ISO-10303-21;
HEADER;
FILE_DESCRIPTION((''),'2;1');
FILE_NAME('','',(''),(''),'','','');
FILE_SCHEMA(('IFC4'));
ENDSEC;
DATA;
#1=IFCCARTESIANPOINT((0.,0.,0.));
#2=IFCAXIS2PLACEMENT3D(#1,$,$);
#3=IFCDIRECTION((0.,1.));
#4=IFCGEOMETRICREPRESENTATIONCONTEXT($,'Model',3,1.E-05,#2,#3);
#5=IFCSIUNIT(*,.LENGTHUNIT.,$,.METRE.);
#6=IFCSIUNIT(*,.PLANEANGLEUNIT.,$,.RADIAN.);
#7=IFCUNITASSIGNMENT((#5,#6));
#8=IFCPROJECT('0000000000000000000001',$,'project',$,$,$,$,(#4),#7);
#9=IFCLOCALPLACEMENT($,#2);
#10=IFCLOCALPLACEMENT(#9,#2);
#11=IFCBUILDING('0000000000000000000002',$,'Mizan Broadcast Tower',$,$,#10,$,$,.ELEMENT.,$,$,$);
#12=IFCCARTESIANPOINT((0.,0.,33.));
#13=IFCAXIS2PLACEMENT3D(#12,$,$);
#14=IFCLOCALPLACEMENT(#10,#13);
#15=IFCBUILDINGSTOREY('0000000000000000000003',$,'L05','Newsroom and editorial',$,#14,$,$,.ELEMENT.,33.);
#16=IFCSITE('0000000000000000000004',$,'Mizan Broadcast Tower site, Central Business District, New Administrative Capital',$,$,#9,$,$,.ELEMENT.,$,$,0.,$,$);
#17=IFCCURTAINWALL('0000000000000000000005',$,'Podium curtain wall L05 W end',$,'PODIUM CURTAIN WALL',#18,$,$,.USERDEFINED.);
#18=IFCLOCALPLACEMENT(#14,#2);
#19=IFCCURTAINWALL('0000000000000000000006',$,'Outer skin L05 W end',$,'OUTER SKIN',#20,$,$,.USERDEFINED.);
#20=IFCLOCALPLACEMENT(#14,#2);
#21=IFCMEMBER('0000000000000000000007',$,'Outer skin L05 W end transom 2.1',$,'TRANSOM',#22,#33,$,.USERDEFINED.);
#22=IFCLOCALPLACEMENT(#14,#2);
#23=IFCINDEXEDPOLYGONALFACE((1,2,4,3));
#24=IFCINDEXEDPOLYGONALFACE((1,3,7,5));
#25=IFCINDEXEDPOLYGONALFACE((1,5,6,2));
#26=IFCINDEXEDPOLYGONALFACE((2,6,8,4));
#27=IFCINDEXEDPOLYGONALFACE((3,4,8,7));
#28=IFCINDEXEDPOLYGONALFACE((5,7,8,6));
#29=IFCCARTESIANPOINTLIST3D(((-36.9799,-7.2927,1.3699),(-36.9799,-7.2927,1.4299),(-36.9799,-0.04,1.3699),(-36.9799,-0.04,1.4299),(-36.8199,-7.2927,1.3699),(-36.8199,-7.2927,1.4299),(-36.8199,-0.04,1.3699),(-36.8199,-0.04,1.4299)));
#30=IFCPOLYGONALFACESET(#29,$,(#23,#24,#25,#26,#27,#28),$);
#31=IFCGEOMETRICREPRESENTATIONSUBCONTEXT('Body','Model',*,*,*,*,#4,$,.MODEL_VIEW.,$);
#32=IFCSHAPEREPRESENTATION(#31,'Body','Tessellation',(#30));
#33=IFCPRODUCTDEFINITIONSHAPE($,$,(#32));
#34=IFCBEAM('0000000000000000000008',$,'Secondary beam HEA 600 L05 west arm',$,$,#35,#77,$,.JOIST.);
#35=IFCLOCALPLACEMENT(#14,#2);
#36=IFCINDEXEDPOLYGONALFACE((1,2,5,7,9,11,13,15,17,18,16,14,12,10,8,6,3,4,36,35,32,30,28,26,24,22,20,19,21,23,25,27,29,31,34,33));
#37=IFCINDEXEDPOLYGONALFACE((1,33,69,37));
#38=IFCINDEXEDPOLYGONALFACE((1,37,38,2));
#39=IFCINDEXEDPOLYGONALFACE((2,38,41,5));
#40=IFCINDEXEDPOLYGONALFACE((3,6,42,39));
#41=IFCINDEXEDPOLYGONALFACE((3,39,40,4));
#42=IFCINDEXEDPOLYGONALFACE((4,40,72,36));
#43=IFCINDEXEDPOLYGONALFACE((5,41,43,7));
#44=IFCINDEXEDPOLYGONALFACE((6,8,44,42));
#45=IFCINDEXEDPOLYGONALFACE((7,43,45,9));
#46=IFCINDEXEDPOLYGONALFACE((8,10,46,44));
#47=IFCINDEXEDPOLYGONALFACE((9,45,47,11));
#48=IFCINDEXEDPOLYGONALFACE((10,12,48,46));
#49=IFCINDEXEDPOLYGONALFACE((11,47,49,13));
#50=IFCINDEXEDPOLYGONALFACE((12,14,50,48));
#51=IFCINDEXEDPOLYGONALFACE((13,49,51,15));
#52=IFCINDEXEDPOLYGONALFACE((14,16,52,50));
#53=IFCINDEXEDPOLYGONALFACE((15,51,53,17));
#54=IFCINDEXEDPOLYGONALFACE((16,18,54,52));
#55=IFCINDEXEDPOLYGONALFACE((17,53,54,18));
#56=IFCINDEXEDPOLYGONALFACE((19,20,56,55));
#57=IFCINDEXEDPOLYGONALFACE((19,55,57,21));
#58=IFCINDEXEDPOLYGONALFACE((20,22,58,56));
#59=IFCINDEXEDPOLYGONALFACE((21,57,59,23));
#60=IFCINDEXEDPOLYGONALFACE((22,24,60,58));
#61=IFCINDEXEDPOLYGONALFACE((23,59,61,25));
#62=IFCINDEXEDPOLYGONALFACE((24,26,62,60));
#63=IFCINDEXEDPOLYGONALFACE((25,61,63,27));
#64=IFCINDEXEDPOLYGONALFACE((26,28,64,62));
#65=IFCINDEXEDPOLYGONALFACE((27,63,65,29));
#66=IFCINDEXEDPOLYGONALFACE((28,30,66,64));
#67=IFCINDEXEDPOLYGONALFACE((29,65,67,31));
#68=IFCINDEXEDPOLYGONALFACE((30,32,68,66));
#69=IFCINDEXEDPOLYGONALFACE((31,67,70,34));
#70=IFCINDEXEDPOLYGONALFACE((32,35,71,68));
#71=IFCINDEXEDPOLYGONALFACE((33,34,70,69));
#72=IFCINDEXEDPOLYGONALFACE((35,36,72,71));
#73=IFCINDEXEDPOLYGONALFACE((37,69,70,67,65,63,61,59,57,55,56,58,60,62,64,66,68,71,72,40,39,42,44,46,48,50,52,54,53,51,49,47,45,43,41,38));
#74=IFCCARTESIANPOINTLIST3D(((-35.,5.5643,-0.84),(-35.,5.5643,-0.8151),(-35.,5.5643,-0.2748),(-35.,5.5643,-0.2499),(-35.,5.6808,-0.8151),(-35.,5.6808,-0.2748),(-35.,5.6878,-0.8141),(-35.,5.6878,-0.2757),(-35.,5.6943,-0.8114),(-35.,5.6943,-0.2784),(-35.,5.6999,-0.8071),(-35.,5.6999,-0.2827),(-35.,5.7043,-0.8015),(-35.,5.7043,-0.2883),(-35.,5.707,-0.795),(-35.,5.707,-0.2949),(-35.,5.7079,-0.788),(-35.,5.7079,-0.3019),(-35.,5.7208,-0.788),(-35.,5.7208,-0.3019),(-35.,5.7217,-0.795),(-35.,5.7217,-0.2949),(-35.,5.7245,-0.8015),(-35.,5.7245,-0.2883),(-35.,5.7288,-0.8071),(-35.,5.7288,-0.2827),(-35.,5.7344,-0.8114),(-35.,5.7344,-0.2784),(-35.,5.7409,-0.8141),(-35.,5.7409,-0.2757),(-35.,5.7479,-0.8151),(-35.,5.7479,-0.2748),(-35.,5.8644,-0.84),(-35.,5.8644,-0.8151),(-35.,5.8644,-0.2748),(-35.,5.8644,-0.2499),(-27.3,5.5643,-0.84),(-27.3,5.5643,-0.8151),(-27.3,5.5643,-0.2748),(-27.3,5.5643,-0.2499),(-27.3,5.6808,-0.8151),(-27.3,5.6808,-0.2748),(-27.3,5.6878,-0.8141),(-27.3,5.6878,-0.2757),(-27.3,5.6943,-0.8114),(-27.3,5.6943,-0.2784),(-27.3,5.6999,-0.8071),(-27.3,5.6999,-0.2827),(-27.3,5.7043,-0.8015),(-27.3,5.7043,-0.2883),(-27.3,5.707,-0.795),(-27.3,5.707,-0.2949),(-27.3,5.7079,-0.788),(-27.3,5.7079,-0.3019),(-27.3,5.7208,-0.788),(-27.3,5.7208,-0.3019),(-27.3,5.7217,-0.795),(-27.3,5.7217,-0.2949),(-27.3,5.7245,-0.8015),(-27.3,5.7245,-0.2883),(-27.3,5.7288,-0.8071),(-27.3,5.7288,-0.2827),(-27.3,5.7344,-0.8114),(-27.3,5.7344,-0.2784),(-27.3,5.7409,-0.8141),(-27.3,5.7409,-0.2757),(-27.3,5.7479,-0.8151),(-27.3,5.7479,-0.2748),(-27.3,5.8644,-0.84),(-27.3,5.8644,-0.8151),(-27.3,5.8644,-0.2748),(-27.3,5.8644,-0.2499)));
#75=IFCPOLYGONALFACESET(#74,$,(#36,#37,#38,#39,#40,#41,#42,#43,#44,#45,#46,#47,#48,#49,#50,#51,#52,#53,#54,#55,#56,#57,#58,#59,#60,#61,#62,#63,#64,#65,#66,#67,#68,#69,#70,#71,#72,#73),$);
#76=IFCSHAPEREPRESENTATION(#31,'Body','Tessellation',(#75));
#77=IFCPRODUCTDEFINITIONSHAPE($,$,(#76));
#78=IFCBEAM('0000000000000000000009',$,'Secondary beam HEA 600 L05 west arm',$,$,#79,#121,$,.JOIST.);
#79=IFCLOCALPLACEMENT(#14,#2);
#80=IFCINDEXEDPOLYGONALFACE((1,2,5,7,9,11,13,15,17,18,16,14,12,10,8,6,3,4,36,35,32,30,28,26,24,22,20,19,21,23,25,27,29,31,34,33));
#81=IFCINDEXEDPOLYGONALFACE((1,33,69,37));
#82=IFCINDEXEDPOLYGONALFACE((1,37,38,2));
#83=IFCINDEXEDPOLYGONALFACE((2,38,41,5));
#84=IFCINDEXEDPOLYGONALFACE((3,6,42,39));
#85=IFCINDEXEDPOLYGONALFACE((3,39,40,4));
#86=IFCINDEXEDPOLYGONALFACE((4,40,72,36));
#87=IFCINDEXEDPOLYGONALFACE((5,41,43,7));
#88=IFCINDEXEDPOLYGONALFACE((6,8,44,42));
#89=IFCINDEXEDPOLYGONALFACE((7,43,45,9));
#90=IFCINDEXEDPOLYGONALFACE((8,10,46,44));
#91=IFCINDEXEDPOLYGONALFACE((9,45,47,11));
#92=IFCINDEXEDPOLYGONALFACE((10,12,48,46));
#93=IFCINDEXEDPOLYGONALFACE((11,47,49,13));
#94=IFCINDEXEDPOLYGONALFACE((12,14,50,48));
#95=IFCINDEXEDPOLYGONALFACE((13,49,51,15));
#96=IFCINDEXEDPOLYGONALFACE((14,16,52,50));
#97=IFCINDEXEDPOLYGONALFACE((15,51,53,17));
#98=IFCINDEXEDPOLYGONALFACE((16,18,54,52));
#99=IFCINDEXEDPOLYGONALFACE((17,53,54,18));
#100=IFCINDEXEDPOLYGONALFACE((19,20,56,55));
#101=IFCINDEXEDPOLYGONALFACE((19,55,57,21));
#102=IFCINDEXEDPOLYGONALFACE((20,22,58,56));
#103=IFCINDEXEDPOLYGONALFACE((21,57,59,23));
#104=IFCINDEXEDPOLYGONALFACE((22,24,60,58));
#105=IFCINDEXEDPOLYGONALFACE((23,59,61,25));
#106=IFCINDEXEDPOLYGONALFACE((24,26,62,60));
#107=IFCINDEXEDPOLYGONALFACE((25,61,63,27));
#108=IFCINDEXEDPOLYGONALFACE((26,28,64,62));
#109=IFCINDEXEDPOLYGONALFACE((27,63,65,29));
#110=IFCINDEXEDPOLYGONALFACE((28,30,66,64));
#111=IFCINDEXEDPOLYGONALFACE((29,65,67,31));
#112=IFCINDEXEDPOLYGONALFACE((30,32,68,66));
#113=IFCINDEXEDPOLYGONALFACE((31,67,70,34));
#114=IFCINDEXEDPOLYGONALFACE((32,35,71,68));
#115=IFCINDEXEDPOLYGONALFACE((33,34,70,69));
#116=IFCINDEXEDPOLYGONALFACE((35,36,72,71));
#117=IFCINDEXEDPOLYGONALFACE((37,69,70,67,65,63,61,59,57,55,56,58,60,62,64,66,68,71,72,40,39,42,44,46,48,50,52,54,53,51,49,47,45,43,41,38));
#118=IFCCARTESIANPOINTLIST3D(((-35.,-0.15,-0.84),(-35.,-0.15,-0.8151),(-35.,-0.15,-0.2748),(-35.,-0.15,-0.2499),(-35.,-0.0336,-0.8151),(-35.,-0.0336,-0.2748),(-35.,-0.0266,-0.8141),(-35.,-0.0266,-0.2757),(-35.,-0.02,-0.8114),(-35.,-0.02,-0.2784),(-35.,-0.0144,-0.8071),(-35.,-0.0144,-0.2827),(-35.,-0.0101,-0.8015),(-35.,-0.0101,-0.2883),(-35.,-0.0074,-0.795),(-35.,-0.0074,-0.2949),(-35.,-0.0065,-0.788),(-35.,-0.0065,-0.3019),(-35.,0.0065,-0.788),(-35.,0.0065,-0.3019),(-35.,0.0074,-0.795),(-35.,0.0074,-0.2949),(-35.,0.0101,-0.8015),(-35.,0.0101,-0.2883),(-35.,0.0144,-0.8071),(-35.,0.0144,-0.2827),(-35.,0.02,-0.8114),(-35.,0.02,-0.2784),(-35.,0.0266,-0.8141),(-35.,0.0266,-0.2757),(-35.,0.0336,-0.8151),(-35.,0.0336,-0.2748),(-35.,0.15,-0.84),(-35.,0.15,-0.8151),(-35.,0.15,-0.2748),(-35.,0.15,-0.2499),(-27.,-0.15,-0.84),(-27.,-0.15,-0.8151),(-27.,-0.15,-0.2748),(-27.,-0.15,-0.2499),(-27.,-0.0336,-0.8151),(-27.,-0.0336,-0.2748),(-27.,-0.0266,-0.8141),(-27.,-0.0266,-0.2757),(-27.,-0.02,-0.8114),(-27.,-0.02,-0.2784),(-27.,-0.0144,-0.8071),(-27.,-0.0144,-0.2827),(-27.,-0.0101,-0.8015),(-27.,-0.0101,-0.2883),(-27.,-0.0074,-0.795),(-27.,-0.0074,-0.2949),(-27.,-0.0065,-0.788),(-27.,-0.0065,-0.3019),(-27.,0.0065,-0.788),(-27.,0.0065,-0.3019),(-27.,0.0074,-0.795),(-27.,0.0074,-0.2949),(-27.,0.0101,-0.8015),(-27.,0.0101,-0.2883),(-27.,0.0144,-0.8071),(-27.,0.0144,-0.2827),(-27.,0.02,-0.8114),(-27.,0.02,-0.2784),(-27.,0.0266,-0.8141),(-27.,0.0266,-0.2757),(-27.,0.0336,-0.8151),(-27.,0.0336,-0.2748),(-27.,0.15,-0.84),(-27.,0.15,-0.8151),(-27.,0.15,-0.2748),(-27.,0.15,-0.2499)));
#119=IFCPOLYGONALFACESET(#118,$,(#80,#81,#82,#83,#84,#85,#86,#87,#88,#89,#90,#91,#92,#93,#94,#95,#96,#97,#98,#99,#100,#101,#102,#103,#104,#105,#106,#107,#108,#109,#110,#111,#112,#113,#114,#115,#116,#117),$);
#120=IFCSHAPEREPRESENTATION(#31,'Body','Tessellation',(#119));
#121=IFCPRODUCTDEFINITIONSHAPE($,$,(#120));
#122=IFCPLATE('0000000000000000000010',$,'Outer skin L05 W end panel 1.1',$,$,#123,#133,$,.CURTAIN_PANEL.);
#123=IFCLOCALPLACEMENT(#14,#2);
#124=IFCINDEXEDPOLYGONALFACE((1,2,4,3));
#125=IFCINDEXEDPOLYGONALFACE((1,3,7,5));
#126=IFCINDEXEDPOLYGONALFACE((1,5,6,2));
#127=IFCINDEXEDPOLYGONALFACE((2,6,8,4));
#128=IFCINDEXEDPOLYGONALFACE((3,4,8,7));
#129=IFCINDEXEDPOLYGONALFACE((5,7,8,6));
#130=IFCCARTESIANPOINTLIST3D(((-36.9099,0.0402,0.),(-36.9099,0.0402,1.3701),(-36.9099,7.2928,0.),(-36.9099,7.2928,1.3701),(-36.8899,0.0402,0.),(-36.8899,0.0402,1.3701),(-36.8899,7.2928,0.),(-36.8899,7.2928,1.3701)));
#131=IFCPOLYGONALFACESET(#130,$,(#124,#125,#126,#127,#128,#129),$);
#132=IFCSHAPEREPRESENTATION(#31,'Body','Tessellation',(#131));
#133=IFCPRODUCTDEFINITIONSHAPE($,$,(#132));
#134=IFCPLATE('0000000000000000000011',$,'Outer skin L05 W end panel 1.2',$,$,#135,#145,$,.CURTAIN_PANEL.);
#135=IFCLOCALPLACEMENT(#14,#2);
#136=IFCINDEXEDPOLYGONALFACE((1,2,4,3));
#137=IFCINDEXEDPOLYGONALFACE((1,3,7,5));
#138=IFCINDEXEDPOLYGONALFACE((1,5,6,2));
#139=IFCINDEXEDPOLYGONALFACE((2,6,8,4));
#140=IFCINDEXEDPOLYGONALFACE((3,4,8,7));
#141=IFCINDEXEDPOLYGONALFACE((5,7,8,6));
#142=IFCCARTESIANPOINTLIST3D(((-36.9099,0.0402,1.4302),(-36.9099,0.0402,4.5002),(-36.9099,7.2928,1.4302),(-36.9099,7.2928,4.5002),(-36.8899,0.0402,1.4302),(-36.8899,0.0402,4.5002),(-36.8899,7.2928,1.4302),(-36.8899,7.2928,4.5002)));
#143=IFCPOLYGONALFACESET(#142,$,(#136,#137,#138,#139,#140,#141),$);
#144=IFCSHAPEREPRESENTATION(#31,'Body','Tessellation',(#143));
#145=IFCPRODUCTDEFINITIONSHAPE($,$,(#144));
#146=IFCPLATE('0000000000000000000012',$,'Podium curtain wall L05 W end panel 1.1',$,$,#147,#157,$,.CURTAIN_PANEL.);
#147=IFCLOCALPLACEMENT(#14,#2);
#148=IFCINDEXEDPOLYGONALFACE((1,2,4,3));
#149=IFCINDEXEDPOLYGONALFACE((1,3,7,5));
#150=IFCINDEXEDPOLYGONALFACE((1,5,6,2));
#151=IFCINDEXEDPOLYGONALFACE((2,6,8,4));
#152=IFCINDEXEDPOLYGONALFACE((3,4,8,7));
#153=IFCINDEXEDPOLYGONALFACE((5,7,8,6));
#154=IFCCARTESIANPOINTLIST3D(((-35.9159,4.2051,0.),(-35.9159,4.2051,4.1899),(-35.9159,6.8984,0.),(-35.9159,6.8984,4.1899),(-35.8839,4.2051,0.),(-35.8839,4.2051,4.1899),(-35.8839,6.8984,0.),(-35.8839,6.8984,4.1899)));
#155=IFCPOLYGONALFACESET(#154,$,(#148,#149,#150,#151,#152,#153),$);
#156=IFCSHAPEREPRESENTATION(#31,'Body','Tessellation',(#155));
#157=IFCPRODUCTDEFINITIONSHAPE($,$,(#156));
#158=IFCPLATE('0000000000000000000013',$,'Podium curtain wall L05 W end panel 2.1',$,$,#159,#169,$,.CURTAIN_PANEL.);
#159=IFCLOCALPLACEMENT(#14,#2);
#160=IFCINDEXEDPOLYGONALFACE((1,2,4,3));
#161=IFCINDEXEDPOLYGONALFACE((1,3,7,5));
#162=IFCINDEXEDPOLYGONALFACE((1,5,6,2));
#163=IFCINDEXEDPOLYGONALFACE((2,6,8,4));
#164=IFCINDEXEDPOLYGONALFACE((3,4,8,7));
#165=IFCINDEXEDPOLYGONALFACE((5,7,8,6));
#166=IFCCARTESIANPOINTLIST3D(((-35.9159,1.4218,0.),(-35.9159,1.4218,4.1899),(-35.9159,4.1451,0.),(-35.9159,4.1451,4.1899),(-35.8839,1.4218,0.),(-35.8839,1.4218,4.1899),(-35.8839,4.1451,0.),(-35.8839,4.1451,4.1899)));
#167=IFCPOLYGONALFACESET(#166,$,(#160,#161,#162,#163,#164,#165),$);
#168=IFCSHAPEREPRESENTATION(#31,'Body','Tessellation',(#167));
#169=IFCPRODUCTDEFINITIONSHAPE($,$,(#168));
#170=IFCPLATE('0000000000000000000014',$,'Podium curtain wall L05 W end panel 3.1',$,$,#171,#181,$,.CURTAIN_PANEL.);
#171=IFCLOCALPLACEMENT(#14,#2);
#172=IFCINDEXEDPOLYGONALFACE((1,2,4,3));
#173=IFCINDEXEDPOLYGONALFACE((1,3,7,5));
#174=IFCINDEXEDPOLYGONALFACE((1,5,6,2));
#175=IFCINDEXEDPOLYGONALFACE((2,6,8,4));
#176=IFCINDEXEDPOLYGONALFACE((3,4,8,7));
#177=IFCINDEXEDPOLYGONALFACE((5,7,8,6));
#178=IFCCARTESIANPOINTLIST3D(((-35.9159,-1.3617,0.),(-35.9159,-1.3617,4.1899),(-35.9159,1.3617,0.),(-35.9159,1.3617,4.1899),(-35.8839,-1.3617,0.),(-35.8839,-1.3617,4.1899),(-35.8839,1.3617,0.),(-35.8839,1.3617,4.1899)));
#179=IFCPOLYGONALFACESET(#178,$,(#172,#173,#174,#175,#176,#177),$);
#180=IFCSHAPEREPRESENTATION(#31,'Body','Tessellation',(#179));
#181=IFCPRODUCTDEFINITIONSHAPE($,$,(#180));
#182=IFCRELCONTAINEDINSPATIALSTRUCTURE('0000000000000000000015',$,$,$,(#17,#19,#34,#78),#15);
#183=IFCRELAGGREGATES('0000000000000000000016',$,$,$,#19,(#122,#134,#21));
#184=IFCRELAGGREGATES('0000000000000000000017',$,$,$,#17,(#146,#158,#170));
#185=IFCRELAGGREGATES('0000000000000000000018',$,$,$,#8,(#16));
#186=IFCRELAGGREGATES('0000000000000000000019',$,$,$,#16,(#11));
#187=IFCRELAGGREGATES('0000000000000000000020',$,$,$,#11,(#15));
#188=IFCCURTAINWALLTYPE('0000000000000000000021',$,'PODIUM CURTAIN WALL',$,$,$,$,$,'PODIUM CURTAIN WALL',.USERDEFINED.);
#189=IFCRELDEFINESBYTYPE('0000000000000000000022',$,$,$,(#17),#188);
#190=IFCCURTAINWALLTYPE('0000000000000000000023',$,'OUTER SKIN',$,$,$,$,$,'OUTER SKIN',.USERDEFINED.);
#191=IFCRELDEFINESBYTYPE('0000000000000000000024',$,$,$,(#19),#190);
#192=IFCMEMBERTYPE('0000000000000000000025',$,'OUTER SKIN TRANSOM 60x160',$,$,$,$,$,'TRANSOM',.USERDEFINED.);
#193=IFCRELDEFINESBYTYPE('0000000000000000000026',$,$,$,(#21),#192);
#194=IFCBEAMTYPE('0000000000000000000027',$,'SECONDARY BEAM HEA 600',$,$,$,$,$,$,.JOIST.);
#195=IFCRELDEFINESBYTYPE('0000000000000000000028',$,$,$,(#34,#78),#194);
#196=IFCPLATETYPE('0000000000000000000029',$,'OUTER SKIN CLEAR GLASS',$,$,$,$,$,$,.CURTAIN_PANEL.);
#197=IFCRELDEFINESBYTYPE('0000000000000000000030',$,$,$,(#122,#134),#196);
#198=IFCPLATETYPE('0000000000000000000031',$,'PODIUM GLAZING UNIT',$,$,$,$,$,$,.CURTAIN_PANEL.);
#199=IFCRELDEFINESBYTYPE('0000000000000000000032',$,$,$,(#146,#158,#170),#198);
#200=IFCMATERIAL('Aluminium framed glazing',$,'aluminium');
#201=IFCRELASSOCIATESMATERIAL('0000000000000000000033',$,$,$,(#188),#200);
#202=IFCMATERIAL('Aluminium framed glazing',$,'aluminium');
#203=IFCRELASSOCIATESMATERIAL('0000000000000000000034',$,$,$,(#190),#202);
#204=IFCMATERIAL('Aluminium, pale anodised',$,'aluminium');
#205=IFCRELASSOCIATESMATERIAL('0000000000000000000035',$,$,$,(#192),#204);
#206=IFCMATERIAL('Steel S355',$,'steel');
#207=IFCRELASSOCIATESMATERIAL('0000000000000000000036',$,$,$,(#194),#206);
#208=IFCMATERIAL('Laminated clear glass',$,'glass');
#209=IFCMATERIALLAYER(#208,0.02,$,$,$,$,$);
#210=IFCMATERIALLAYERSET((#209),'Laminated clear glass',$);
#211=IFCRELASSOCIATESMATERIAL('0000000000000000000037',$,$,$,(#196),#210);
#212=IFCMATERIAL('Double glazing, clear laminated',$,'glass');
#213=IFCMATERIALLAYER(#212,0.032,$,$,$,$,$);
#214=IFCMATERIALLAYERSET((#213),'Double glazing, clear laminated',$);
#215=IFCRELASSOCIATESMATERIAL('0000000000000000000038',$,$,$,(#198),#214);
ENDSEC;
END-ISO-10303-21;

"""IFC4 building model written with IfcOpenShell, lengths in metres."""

from ifc_helpers import new_model, si_unit, direction, frame, origin, origin_2d, place, context, subcontext, project, spatial, rectangle, i_section, extrude, material, layer, layer_set, material_profile, profile_set, type_object, element, aggregate, save


model = new_model("IFC4")

# Units and contexts
model_context = context("Model", 3, precision=1e-05, world=origin(), true_north=direction((0.0, 1.0)))
body_context = subcontext(model_context, "Body", "Model", "MODEL_VIEW")
ifc_project = project(units=[si_unit("LENGTHUNIT", "METRE"), si_unit("PLANEANGLEUNIT", "RADIAN")], contexts=[model_context])

# Site, building, storey
site_placement = place(None, origin())
site = spatial("IfcSite", under=ifc_project, at=site_placement, Name="Mizan Broadcast Tower site, Central Business District, New Administrative Capital", CompositionType="ELEMENT", RefElevation=0.0)
building_placement = place(site_placement, origin())
building = spatial("IfcBuilding", under=site, at=building_placement, Name="Mizan Broadcast Tower", CompositionType="ELEMENT")
storey_placement = place(building_placement, frame((0.0, 0.0, 33.0)))
storey = spatial("IfcBuildingStorey", under=building, at=storey_placement, Name="L05", Description="Newsroom and editorial", CompositionType="ELEMENT", Elevation=33.0)

# Shared definitions
ifc_material_1 = material(Name="Aluminium framed glazing", Category="aluminium")
curtain_wall_type_1 = type_object("IfcCurtainWallType", Name="PODIUM CURTAIN WALL", ElementType="PODIUM CURTAIN WALL", PredefinedType="USERDEFINED", material=ifc_material_1)

# Curtain wall
curtain_wall_1_placement = place(storey_placement, origin())
curtain_wall_1 = element("IfcCurtainWall", 1, at=curtain_wall_1_placement, inside=storey, type_object=curtain_wall_type_1, Name="Podium curtain wall L05 W end", ObjectType="PODIUM CURTAIN WALL", PredefinedType="USERDEFINED")

# Shared definitions
ifc_material_2 = material(Name="Aluminium framed glazing", Category="aluminium")
curtain_wall_type_2 = type_object("IfcCurtainWallType", Name="OUTER SKIN", ElementType="OUTER SKIN", PredefinedType="USERDEFINED", material=ifc_material_2)

# Curtain wall, member
curtain_wall_2_placement = place(storey_placement, origin())
curtain_wall_2 = element("IfcCurtainWall", 2, at=curtain_wall_2_placement, inside=storey, type_object=curtain_wall_type_2, Name="Outer skin L05 W end", ObjectType="OUTER SKIN", PredefinedType="USERDEFINED")
ifc_material_3 = material(Name="Aluminium, pale anodised", Category="aluminium")
ifc_material_profile_1 = material_profile(ifc_material_3, rectangle(XDim=0.1599, YDim=0.0601, at=origin_2d()), Name="TRANSOM 160x60")
ifc_profile_set_1 = profile_set([ifc_material_profile_1], Name="Aluminium, pale anodised")
member_type_1 = type_object("IfcMemberType", Name="OUTER SKIN TRANSOM 60x160", ElementType="TRANSOM", PredefinedType="USERDEFINED", material=ifc_profile_set_1)
member_1_placement = place(storey_placement, frame((-36.8999, -0.04, 1.3999), z_axis=(0.0, -1.0, 0.0), x_axis=(1.0, 0.0, 0.0)))
member_1 = element("IfcMember", 3, at=member_1_placement, type_object=member_type_1, Name="Outer skin L05 W end transom 2.1", ObjectType="TRANSOM", PredefinedType="USERDEFINED", context=body_context, shape_type="SweptSolid", body=[
    extrude(rectangle(XDim=0.1599, YDim=0.0601, at=origin_2d()), origin(), (0.0, 0.0, 1.0), 7.2527),
])

# Beams
ifc_material_4 = material(Name="Steel S355", Category="steel")
ifc_material_profile_2 = material_profile(ifc_material_4, i_section(OverallWidth=0.3, OverallDepth=0.5901, WebThickness=0.0129, FlangeThickness=0.0249, FilletRadius=0.0271, at=origin_2d()), Name="HEA 600")
ifc_profile_set_2 = profile_set([ifc_material_profile_2], Name="Steel S355")
beam_type_1 = type_object("IfcBeamType", Name="SECONDARY BEAM HEA 600", PredefinedType="JOIST", material=ifc_profile_set_2)
beam_1_placement = place(storey_placement, frame((-27.3, 5.7144, -0.5449), z_axis=(-1.0, 0.0, 0.0), x_axis=(0.0, -1.0, 0.0)))
element("IfcBeam", 4, at=beam_1_placement, inside=storey, type_object=beam_type_1, Name="Secondary beam HEA 600 L05 west arm", PredefinedType="JOIST", context=body_context, shape_type="SweptSolid", body=[
    extrude(i_section(OverallWidth=0.3, OverallDepth=0.5901, WebThickness=0.0129, FlangeThickness=0.0249, FilletRadius=0.0271, at=origin_2d()), origin(), (0.0, 0.0, 1.0), 7.7),
])
beam_2_placement = place(storey_placement, frame((-27.0, 0.0, -0.5449), z_axis=(-1.0, 0.0, 0.0), x_axis=(0.0, -1.0, 0.0)))
element("IfcBeam", 5, at=beam_2_placement, inside=storey, type_object=beam_type_1, Name="Secondary beam HEA 600 L05 west arm", PredefinedType="JOIST", context=body_context, shape_type="SweptSolid", body=[
    extrude(i_section(OverallWidth=0.3, OverallDepth=0.5901, WebThickness=0.0129, FlangeThickness=0.0249, FilletRadius=0.0271, at=origin_2d()), origin(), (0.0, 0.0, 1.0), 8.0),
])

# Plates
ifc_material_5 = material(Name="Laminated clear glass", Category="glass")
ifc_layer_1 = layer(ifc_material_5, 0.02)
ifc_layer_set_1 = layer_set([ifc_layer_1], Name="Laminated clear glass")
plate_type_1 = type_object("IfcPlateType", Name="OUTER SKIN CLEAR GLASS", PredefinedType="CURTAIN_PANEL", material=ifc_layer_set_1)
plate_1_placement = place(storey_placement, frame((-36.8999, 3.6665, 0.0), z_axis=(0.0, 0.0, 1.0), x_axis=(0.0, -1.0, 0.0)))
plate_1 = element("IfcPlate", 6, at=plate_1_placement, type_object=plate_type_1, Name="Outer skin L05 W end panel 1.1", PredefinedType="CURTAIN_PANEL", context=body_context, shape_type="SweptSolid", body=[
    extrude(rectangle(XDim=7.2527, YDim=0.02, at=origin_2d()), origin(), (0.0, 0.0, 1.0), 1.3701),
])
plate_2_placement = place(storey_placement, frame((-36.8999, 3.6665, 1.4302), z_axis=(0.0, 0.0, 1.0), x_axis=(0.0, -1.0, 0.0)))
plate_2 = element("IfcPlate", 7, at=plate_2_placement, type_object=plate_type_1, Name="Outer skin L05 W end panel 1.2", PredefinedType="CURTAIN_PANEL", context=body_context, shape_type="SweptSolid", body=[
    extrude(rectangle(XDim=7.2527, YDim=0.02, at=origin_2d()), origin(), (0.0, 0.0, 1.0), 3.0701),
])
aggregate(curtain_wall_2, [plate_1, plate_2, member_1])
ifc_material_6 = material(Name="Double glazing, clear laminated", Category="glass")
ifc_layer_2 = layer(ifc_material_6, 0.032)
ifc_layer_set_2 = layer_set([ifc_layer_2], Name="Double glazing, clear laminated")
plate_type_2 = type_object("IfcPlateType", Name="PODIUM GLAZING UNIT", PredefinedType="CURTAIN_PANEL", material=ifc_layer_set_2)
plate_3_placement = place(storey_placement, frame((-35.8999, 5.5518, 0.0), z_axis=(0.0, 0.0, 1.0), x_axis=(0.0, -1.0, 0.0)))
plate_3 = element("IfcPlate", 8, at=plate_3_placement, type_object=plate_type_2, Name="Podium curtain wall L05 W end panel 1.1", PredefinedType="CURTAIN_PANEL", context=body_context, shape_type="SweptSolid", body=[
    extrude(rectangle(XDim=2.6934, YDim=0.032, at=origin_2d()), origin(), (0.0, 0.0, 1.0), 4.1899),
])
plate_4_placement = place(storey_placement, frame((-35.8999, 2.7834, 0.0), z_axis=(0.0, 0.0, 1.0), x_axis=(0.0, -1.0, 0.0)))
plate_4 = element("IfcPlate", 9, at=plate_4_placement, type_object=plate_type_2, Name="Podium curtain wall L05 W end panel 2.1", PredefinedType="CURTAIN_PANEL", context=body_context, shape_type="SweptSolid", body=[
    extrude(rectangle(XDim=2.7234, YDim=0.032, at=origin_2d()), origin(), (0.0, 0.0, 1.0), 4.1899),
])
plate_5_placement = place(storey_placement, frame((-35.8999, 0.0, 0.0), z_axis=(0.0, 0.0, 1.0), x_axis=(0.0, -1.0, 0.0)))
plate_5 = element("IfcPlate", 10, at=plate_5_placement, type_object=plate_type_2, Name="Podium curtain wall L05 W end panel 3.1", PredefinedType="CURTAIN_PANEL", context=body_context, shape_type="SweptSolid", body=[
    extrude(rectangle(XDim=2.7234, YDim=0.032, at=origin_2d()), origin(), (0.0, 0.0, 1.0), 4.1899),
])
aggregate(curtain_wall_1, [plate_3, plate_4, plate_5])

save(model, "model.ifc")
